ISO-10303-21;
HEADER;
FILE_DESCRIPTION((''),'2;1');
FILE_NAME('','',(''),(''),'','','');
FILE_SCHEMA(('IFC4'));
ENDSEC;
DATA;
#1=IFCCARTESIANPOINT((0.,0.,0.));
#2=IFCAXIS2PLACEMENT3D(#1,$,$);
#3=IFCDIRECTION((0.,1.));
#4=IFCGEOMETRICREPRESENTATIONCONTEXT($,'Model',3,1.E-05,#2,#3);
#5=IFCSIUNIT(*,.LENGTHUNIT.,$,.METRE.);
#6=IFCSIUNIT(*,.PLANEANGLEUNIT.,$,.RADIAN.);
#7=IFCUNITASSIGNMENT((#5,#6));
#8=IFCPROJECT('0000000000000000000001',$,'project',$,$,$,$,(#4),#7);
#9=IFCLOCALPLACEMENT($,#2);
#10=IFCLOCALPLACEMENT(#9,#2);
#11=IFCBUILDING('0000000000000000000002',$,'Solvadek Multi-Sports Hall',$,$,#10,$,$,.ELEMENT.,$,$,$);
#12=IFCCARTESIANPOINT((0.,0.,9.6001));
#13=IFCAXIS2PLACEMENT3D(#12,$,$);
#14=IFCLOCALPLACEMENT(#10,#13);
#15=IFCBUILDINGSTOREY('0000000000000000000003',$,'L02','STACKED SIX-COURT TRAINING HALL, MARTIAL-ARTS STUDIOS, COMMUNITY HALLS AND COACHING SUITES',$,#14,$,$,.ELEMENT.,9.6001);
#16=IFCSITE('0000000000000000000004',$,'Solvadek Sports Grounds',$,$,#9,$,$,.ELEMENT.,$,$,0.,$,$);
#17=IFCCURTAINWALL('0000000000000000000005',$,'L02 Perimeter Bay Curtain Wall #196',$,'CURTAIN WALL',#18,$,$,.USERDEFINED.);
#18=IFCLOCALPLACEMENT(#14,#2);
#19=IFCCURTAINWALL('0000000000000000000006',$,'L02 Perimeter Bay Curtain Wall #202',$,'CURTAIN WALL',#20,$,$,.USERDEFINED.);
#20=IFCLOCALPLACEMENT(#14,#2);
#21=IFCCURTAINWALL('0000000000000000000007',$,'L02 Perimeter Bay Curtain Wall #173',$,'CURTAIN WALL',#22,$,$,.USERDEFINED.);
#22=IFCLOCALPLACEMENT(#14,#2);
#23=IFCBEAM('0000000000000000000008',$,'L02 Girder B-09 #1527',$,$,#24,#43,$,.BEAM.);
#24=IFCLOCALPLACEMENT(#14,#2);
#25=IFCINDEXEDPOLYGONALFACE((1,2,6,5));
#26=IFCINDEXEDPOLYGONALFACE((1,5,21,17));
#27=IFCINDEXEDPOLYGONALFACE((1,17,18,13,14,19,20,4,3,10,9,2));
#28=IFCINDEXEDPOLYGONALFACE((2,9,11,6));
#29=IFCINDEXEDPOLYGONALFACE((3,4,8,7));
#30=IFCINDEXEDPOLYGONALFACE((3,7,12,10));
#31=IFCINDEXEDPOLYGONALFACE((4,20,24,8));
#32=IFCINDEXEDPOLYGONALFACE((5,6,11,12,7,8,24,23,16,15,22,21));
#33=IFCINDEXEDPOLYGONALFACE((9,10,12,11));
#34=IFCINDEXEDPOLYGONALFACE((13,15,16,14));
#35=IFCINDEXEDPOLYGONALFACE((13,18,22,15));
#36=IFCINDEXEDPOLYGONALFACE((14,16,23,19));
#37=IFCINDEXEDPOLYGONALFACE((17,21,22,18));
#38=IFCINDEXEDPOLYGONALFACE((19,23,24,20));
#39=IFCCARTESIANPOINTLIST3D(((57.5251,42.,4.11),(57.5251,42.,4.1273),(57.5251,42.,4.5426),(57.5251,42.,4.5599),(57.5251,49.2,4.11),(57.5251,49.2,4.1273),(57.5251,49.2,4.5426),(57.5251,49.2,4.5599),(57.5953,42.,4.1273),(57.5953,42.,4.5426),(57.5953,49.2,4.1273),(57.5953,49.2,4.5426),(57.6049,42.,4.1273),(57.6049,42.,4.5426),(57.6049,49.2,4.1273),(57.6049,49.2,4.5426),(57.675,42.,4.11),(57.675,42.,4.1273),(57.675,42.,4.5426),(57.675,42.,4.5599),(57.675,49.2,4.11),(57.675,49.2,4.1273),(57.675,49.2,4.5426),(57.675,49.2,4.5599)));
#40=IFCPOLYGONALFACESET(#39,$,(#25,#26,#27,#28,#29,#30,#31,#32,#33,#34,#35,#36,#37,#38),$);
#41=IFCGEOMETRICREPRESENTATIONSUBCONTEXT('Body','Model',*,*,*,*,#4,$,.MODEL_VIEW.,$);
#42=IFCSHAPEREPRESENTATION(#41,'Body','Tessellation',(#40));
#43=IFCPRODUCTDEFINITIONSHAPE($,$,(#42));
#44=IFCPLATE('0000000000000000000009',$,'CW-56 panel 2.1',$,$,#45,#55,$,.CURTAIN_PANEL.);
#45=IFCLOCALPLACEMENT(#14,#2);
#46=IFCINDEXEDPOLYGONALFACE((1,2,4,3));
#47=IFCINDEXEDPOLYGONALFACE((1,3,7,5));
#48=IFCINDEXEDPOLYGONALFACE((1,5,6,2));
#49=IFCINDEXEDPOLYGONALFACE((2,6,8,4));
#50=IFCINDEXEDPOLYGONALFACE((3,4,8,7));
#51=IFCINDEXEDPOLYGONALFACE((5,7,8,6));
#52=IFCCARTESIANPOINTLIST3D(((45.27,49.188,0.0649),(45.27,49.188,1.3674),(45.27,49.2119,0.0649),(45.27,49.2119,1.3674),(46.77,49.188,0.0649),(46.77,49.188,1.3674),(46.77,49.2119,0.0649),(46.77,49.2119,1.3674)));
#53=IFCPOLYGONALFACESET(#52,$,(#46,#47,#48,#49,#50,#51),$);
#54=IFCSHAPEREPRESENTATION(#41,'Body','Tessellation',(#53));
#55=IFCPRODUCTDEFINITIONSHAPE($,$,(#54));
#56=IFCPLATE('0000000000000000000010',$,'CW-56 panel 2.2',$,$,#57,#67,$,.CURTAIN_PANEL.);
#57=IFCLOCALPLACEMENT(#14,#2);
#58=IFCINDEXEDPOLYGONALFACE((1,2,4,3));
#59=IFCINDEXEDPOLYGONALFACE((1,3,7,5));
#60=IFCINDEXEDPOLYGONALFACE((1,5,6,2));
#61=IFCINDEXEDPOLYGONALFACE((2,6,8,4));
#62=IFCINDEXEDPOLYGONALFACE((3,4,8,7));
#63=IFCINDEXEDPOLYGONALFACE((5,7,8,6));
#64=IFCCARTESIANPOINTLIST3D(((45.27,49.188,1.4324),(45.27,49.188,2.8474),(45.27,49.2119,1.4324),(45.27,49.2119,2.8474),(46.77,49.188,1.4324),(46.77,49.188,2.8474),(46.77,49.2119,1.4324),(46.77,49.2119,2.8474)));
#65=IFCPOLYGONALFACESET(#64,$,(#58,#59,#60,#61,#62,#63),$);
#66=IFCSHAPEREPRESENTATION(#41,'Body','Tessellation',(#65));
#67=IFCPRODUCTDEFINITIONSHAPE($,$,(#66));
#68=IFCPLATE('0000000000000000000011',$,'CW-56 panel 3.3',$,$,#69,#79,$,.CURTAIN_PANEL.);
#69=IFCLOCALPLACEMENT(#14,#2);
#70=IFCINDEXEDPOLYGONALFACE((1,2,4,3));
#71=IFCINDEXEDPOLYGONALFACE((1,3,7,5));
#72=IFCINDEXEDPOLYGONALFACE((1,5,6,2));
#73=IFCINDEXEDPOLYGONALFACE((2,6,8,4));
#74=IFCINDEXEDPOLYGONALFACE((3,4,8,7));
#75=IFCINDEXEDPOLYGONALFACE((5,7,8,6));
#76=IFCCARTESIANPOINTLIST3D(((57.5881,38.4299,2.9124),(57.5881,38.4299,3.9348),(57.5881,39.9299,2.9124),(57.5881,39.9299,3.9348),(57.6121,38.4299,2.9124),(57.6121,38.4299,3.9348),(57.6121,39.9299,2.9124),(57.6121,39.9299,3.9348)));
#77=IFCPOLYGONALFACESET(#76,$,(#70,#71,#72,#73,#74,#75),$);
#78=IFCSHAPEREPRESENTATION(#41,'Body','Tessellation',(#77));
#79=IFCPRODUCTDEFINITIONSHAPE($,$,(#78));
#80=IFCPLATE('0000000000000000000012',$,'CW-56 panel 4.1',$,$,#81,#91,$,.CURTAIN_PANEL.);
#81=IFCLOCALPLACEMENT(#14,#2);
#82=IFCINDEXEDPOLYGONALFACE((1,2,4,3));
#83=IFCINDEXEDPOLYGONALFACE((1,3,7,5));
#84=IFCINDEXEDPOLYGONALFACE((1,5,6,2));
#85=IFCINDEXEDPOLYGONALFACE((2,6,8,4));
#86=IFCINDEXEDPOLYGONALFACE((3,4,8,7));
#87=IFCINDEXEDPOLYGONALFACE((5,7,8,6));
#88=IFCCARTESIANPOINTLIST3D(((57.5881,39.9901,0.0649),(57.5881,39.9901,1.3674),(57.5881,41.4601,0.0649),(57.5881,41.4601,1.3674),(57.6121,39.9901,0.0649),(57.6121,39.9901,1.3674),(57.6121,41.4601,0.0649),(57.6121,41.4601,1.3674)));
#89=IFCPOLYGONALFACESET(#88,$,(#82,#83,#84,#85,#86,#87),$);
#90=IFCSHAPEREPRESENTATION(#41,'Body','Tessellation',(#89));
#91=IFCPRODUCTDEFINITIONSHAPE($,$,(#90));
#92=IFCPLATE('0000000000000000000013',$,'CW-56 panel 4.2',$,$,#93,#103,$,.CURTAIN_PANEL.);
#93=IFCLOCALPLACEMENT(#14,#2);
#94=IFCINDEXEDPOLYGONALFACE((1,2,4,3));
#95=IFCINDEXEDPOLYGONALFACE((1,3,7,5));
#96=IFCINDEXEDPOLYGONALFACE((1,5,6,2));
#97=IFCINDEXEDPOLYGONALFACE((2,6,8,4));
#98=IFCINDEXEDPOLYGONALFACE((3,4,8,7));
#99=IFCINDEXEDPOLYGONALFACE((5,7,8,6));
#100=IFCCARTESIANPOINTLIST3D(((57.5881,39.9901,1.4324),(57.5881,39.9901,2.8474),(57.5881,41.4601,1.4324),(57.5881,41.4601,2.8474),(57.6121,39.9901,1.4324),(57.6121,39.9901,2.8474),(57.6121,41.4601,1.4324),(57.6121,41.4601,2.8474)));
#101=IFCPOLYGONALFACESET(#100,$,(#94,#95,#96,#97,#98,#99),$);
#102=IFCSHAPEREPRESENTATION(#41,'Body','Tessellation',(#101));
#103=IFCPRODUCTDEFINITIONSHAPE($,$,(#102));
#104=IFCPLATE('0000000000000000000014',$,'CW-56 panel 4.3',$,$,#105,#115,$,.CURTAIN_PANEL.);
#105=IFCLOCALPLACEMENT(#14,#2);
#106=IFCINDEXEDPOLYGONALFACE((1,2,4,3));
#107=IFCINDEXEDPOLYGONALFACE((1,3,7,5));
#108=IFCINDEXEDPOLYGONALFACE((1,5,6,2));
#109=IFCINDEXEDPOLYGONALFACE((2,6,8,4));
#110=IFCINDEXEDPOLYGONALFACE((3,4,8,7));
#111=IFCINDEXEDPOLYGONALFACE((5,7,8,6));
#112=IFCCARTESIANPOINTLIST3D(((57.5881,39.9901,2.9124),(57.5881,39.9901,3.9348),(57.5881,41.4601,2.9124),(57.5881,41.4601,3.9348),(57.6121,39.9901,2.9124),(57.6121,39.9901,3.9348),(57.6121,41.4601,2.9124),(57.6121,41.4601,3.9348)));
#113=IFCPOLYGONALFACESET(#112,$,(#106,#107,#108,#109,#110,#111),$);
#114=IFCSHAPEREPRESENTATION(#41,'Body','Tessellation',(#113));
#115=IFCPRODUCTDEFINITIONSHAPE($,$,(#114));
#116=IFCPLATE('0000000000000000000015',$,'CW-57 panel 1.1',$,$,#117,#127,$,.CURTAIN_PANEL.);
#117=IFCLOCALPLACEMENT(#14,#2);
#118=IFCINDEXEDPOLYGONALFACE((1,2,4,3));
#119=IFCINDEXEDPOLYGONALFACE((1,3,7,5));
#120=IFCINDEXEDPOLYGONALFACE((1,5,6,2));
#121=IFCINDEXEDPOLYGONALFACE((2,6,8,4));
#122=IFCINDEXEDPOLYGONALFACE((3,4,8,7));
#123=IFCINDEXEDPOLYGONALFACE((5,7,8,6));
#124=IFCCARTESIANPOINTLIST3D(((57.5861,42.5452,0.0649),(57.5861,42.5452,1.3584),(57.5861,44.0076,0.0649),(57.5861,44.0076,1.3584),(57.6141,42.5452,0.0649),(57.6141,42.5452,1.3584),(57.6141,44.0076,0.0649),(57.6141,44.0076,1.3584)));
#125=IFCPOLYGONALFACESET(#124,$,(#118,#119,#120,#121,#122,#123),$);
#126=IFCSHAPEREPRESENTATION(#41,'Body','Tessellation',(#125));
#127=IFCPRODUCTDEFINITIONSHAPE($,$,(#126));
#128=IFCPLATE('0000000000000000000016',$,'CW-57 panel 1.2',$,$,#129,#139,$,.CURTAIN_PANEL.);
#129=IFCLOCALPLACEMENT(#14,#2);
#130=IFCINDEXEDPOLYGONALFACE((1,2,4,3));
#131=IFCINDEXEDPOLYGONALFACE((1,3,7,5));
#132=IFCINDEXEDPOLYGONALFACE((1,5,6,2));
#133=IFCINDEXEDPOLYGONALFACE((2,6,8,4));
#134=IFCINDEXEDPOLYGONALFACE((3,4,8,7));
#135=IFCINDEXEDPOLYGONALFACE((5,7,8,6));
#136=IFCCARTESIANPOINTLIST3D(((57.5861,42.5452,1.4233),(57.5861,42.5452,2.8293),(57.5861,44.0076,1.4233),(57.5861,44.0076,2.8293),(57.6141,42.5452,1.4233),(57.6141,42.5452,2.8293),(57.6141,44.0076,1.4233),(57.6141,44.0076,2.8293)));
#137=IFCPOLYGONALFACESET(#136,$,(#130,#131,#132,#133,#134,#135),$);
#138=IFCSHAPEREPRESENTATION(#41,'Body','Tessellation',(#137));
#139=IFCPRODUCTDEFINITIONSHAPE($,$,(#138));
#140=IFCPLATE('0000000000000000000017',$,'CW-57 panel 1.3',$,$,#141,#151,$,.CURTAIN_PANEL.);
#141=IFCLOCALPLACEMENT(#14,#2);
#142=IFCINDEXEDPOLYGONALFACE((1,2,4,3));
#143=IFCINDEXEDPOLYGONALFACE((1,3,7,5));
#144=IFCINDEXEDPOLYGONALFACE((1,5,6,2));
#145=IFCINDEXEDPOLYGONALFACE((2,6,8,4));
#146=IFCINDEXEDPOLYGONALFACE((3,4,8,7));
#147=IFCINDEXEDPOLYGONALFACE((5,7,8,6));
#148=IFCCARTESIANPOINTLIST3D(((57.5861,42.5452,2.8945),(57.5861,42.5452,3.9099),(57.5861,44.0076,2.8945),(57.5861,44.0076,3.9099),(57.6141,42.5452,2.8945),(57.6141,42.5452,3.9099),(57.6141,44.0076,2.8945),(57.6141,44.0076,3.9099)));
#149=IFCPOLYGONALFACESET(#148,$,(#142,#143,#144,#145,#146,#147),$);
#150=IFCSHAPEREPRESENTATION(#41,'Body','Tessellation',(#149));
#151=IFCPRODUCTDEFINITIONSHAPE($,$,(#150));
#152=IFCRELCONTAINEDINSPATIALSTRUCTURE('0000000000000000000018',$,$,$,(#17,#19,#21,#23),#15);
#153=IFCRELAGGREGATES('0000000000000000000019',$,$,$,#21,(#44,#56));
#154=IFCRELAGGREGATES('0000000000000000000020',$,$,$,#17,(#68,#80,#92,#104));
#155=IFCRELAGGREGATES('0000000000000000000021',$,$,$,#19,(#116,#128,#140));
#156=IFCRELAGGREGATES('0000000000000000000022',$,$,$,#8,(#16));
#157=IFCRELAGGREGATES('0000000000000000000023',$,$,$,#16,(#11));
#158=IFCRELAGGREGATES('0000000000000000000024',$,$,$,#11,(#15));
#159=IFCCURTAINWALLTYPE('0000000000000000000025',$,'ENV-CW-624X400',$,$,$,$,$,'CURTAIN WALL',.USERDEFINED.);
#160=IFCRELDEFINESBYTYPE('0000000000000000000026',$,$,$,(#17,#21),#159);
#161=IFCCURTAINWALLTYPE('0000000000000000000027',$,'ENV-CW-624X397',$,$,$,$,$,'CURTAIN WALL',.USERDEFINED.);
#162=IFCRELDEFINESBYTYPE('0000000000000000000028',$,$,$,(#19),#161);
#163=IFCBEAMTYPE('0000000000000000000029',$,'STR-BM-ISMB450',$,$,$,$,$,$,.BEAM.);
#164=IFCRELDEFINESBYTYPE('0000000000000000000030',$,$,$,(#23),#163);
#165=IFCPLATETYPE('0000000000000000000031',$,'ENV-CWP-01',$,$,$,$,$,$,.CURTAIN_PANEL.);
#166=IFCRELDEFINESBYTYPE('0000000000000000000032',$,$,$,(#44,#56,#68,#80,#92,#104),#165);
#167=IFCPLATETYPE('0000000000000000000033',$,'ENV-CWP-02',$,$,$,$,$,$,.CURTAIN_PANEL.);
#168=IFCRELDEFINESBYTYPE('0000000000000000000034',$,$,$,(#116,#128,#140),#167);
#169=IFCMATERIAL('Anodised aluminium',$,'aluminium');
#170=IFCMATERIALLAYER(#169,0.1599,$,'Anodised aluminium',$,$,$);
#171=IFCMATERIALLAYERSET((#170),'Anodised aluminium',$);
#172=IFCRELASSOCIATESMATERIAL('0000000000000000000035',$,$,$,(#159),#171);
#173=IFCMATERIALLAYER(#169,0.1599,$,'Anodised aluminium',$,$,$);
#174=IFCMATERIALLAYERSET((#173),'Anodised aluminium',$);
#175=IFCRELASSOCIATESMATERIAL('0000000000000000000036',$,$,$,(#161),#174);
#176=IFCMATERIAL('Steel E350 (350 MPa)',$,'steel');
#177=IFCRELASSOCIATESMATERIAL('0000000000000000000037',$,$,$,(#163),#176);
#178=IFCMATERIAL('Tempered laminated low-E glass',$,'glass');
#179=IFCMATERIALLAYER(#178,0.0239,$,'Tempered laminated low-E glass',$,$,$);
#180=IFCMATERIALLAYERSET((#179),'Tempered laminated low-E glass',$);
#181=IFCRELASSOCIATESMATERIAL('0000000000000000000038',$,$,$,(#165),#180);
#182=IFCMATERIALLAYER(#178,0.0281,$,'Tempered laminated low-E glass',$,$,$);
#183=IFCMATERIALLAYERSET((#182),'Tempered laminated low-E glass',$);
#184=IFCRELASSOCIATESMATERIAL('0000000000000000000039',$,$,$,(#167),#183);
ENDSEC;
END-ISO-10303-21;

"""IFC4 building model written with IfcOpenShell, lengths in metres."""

from ifc_helpers import new_model, si_unit, direction, frame, origin, origin_2d, place, context, subcontext, project, spatial, rectangle, i_section, extrude, material, layer, layer_set, material_profile, profile_set, type_object, element, aggregate, save


model = new_model("IFC4")

# Units and contexts
model_context = context("Model", 3, precision=1e-05, world=origin(), true_north=direction((0.0, 1.0)))
body_context = subcontext(model_context, "Body", "Model", "MODEL_VIEW")
ifc_project = project(units=[si_unit("LENGTHUNIT", "METRE"), si_unit("PLANEANGLEUNIT", "RADIAN")], contexts=[model_context])

# Site, building, storey
site_placement = place(None, origin())
site = spatial("IfcSite", under=ifc_project, at=site_placement, Name="Solvadek Sports Grounds", CompositionType="ELEMENT", RefElevation=0.0)
building_placement = place(site_placement, origin())
building = spatial("IfcBuilding", under=site, at=building_placement, Name="Solvadek Multi-Sports Hall", CompositionType="ELEMENT")
storey_placement = place(building_placement, frame((0.0, 0.0, 9.6001)))
storey = spatial("IfcBuildingStorey", under=building, at=storey_placement, Name="L02", Description="STACKED SIX-COURT TRAINING HALL, MARTIAL-ARTS STUDIOS, COMMUNITY HALLS AND COACHING SUITES", CompositionType="ELEMENT", Elevation=9.6001)

# Shared definitions
ifc_material_1 = material(Name="Steel E350 (350 MPa)", Category="steel")

# Curtain walls
ifc_material_2 = material(Name="Anodised aluminium", Category="aluminium")
ifc_layer_1 = layer(ifc_material_2, 0.1599, Name="Anodised aluminium")
ifc_layer_set_1 = layer_set([ifc_layer_1], Name="Anodised aluminium")
curtain_wall_type_1 = type_object("IfcCurtainWallType", Name="ENV-CW-624X400", ElementType="CURTAIN WALL", PredefinedType="USERDEFINED", material=ifc_layer_set_1)
curtain_wall_1_placement = place(storey_placement, origin())
curtain_wall_1 = element("IfcCurtainWall", 1, at=curtain_wall_1_placement, inside=storey, type_object=curtain_wall_type_1, Name="L02 Perimeter Bay Curtain Wall #196", ObjectType="CURTAIN WALL", PredefinedType="USERDEFINED")
ifc_layer_2 = layer(ifc_material_2, 0.1599, Name="Anodised aluminium")
ifc_layer_set_2 = layer_set([ifc_layer_2], Name="Anodised aluminium")
curtain_wall_type_2 = type_object("IfcCurtainWallType", Name="ENV-CW-624X397", ElementType="CURTAIN WALL", PredefinedType="USERDEFINED", material=ifc_layer_set_2)
curtain_wall_2_placement = place(storey_placement, origin())
curtain_wall_2 = element("IfcCurtainWall", 2, at=curtain_wall_2_placement, inside=storey, type_object=curtain_wall_type_2, Name="L02 Perimeter Bay Curtain Wall #202", ObjectType="CURTAIN WALL", PredefinedType="USERDEFINED")
curtain_wall_3_placement = place(storey_placement, origin())
curtain_wall_3 = element("IfcCurtainWall", 3, at=curtain_wall_3_placement, inside=storey, type_object=curtain_wall_type_1, Name="L02 Perimeter Bay Curtain Wall #173", ObjectType="CURTAIN WALL", PredefinedType="USERDEFINED")

# Beam
ifc_material_profile_1 = material_profile(ifc_material_1, i_section(OverallWidth=0.1499, OverallDepth=0.45, WebThickness=0.0095, FlangeThickness=0.0173, at=origin_2d()), Name="ISMB 450")
ifc_profile_set_1 = profile_set([ifc_material_profile_1], Name="Steel E350 (350 MPa)")
beam_type_1 = type_object("IfcBeamType", Name="STR-BM-ISMB450", PredefinedType="BEAM", material=ifc_profile_set_1)
beam_1_placement = place(storey_placement, frame((57.6001, 42.0, 4.335), z_axis=(0.0, 1.0, 0.0), x_axis=(-1.0, 0.0, 0.0)))
element("IfcBeam", 4, at=beam_1_placement, inside=storey, type_object=beam_type_1, Name="L02 Girder B-09 #1527", PredefinedType="BEAM", context=body_context, shape_type="SweptSolid", body=[
    extrude(i_section(OverallWidth=0.1499, OverallDepth=0.45, WebThickness=0.0095, FlangeThickness=0.0173, at=origin_2d()), origin(), (0.0, 0.0, 1.0), 7.2),
])

# Plates
ifc_material_3 = material(Name="Tempered laminated low-E glass", Category="glass")
ifc_layer_3 = layer(ifc_material_3, 0.0239, Name="Tempered laminated low-E glass")
ifc_layer_set_3 = layer_set([ifc_layer_3], Name="Tempered laminated low-E glass")
plate_type_1 = type_object("IfcPlateType", Name="ENV-CWP-01", PredefinedType="CURTAIN_PANEL", material=ifc_layer_set_3)
plate_1_placement = place(storey_placement, frame((46.02, 49.2, 0.0649), z_axis=(0.0, 0.0, 1.0), x_axis=(1.0, 0.0, 0.0)))
plate_1 = element("IfcPlate", 5, at=plate_1_placement, type_object=plate_type_1, Name="CW-56 panel 2.1", PredefinedType="CURTAIN_PANEL", context=body_context, shape_type="SweptSolid", body=[
    extrude(rectangle(XDim=1.5, YDim=0.0239, at=origin_2d()), origin(), (0.0, 0.0, 1.0), 1.3025),
])
plate_2_placement = place(storey_placement, frame((46.02, 49.2, 1.4324), z_axis=(0.0, 0.0, 1.0), x_axis=(1.0, 0.0, 0.0)))
plate_2 = element("IfcPlate", 6, at=plate_2_placement, type_object=plate_type_1, Name="CW-56 panel 2.2", PredefinedType="CURTAIN_PANEL", context=body_context, shape_type="SweptSolid", body=[
    extrude(rectangle(XDim=1.5, YDim=0.0239, at=origin_2d()), origin(), (0.0, 0.0, 1.0), 1.415),
])
aggregate(curtain_wall_3, [plate_1, plate_2])
plate_3_placement = place(storey_placement, frame((57.6001, 39.1799, 2.9124), z_axis=(0.0, 0.0, 1.0), x_axis=(0.0, 1.0, 0.0)))
plate_3 = element("IfcPlate", 7, at=plate_3_placement, type_object=plate_type_1, Name="CW-56 panel 3.3", PredefinedType="CURTAIN_PANEL", context=body_context, shape_type="SweptSolid", body=[
    extrude(rectangle(XDim=1.5, YDim=0.0239, at=origin_2d()), origin(), (0.0, 0.0, 1.0), 1.0225),
])
plate_4_placement = place(storey_placement, frame((57.6001, 40.7251, 0.0649), z_axis=(0.0, 0.0, 1.0), x_axis=(0.0, 1.0, 0.0)))
plate_4 = element("IfcPlate", 8, at=plate_4_placement, type_object=plate_type_1, Name="CW-56 panel 4.1", PredefinedType="CURTAIN_PANEL", context=body_context, shape_type="SweptSolid", body=[
    extrude(rectangle(XDim=1.47, YDim=0.0239, at=origin_2d()), origin(), (0.0, 0.0, 1.0), 1.3025),
])
plate_5_placement = place(storey_placement, frame((57.6001, 40.7251, 1.4324), z_axis=(0.0, 0.0, 1.0), x_axis=(0.0, 1.0, 0.0)))
plate_5 = element("IfcPlate", 9, at=plate_5_placement, type_object=plate_type_1, Name="CW-56 panel 4.2", PredefinedType="CURTAIN_PANEL", context=body_context, shape_type="SweptSolid", body=[
    extrude(rectangle(XDim=1.47, YDim=0.0239, at=origin_2d()), origin(), (0.0, 0.0, 1.0), 1.415),
])
plate_6_placement = place(storey_placement, frame((57.6001, 40.7251, 2.9124), z_axis=(0.0, 0.0, 1.0), x_axis=(0.0, 1.0, 0.0)))
plate_6 = element("IfcPlate", 10, at=plate_6_placement, type_object=plate_type_1, Name="CW-56 panel 4.3", PredefinedType="CURTAIN_PANEL", context=body_context, shape_type="SweptSolid", body=[
    extrude(rectangle(XDim=1.47, YDim=0.0239, at=origin_2d()), origin(), (0.0, 0.0, 1.0), 1.0225),
])
aggregate(curtain_wall_1, [plate_3, plate_4, plate_5, plate_6])
ifc_layer_4 = layer(ifc_material_3, 0.0281, Name="Tempered laminated low-E glass")
ifc_layer_set_4 = layer_set([ifc_layer_4], Name="Tempered laminated low-E glass")
plate_type_2 = type_object("IfcPlateType", Name="ENV-CWP-02", PredefinedType="CURTAIN_PANEL", material=ifc_layer_set_4)
plate_7_placement = place(storey_placement, frame((57.6001, 43.2764, 0.0649), z_axis=(0.0, 0.0, 1.0), x_axis=(0.0, 1.0, 0.0)))
plate_7 = element("IfcPlate", 11, at=plate_7_placement, type_object=plate_type_2, Name="CW-57 panel 1.1", PredefinedType="CURTAIN_PANEL", context=body_context, shape_type="SweptSolid", body=[
    extrude(rectangle(XDim=1.4624, YDim=0.0281, at=origin_2d()), origin(), (0.0, 0.0, 1.0), 1.2935),
])
plate_8_placement = place(storey_placement, frame((57.6001, 43.2764, 1.4233), z_axis=(0.0, 0.0, 1.0), x_axis=(0.0, 1.0, 0.0)))
plate_8 = element("IfcPlate", 12, at=plate_8_placement, type_object=plate_type_2, Name="CW-57 panel 1.2", PredefinedType="CURTAIN_PANEL", context=body_context, shape_type="SweptSolid", body=[
    extrude(rectangle(XDim=1.4624, YDim=0.0281, at=origin_2d()), origin(), (0.0, 0.0, 1.0), 1.406),
])
plate_9_placement = place(storey_placement, frame((57.6001, 43.2764, 2.8945), z_axis=(0.0, 0.0, 1.0), x_axis=(0.0, 1.0, 0.0)))
plate_9 = element("IfcPlate", 13, at=plate_9_placement, type_object=plate_type_2, Name="CW-57 panel 1.3", PredefinedType="CURTAIN_PANEL", context=body_context, shape_type="SweptSolid", body=[
    extrude(rectangle(XDim=1.4624, YDim=0.0281, at=origin_2d()), origin(), (0.0, 0.0, 1.0), 1.0154),
])
aggregate(curtain_wall_2, [plate_7, plate_8, plate_9])

save(model, "model.ifc")
